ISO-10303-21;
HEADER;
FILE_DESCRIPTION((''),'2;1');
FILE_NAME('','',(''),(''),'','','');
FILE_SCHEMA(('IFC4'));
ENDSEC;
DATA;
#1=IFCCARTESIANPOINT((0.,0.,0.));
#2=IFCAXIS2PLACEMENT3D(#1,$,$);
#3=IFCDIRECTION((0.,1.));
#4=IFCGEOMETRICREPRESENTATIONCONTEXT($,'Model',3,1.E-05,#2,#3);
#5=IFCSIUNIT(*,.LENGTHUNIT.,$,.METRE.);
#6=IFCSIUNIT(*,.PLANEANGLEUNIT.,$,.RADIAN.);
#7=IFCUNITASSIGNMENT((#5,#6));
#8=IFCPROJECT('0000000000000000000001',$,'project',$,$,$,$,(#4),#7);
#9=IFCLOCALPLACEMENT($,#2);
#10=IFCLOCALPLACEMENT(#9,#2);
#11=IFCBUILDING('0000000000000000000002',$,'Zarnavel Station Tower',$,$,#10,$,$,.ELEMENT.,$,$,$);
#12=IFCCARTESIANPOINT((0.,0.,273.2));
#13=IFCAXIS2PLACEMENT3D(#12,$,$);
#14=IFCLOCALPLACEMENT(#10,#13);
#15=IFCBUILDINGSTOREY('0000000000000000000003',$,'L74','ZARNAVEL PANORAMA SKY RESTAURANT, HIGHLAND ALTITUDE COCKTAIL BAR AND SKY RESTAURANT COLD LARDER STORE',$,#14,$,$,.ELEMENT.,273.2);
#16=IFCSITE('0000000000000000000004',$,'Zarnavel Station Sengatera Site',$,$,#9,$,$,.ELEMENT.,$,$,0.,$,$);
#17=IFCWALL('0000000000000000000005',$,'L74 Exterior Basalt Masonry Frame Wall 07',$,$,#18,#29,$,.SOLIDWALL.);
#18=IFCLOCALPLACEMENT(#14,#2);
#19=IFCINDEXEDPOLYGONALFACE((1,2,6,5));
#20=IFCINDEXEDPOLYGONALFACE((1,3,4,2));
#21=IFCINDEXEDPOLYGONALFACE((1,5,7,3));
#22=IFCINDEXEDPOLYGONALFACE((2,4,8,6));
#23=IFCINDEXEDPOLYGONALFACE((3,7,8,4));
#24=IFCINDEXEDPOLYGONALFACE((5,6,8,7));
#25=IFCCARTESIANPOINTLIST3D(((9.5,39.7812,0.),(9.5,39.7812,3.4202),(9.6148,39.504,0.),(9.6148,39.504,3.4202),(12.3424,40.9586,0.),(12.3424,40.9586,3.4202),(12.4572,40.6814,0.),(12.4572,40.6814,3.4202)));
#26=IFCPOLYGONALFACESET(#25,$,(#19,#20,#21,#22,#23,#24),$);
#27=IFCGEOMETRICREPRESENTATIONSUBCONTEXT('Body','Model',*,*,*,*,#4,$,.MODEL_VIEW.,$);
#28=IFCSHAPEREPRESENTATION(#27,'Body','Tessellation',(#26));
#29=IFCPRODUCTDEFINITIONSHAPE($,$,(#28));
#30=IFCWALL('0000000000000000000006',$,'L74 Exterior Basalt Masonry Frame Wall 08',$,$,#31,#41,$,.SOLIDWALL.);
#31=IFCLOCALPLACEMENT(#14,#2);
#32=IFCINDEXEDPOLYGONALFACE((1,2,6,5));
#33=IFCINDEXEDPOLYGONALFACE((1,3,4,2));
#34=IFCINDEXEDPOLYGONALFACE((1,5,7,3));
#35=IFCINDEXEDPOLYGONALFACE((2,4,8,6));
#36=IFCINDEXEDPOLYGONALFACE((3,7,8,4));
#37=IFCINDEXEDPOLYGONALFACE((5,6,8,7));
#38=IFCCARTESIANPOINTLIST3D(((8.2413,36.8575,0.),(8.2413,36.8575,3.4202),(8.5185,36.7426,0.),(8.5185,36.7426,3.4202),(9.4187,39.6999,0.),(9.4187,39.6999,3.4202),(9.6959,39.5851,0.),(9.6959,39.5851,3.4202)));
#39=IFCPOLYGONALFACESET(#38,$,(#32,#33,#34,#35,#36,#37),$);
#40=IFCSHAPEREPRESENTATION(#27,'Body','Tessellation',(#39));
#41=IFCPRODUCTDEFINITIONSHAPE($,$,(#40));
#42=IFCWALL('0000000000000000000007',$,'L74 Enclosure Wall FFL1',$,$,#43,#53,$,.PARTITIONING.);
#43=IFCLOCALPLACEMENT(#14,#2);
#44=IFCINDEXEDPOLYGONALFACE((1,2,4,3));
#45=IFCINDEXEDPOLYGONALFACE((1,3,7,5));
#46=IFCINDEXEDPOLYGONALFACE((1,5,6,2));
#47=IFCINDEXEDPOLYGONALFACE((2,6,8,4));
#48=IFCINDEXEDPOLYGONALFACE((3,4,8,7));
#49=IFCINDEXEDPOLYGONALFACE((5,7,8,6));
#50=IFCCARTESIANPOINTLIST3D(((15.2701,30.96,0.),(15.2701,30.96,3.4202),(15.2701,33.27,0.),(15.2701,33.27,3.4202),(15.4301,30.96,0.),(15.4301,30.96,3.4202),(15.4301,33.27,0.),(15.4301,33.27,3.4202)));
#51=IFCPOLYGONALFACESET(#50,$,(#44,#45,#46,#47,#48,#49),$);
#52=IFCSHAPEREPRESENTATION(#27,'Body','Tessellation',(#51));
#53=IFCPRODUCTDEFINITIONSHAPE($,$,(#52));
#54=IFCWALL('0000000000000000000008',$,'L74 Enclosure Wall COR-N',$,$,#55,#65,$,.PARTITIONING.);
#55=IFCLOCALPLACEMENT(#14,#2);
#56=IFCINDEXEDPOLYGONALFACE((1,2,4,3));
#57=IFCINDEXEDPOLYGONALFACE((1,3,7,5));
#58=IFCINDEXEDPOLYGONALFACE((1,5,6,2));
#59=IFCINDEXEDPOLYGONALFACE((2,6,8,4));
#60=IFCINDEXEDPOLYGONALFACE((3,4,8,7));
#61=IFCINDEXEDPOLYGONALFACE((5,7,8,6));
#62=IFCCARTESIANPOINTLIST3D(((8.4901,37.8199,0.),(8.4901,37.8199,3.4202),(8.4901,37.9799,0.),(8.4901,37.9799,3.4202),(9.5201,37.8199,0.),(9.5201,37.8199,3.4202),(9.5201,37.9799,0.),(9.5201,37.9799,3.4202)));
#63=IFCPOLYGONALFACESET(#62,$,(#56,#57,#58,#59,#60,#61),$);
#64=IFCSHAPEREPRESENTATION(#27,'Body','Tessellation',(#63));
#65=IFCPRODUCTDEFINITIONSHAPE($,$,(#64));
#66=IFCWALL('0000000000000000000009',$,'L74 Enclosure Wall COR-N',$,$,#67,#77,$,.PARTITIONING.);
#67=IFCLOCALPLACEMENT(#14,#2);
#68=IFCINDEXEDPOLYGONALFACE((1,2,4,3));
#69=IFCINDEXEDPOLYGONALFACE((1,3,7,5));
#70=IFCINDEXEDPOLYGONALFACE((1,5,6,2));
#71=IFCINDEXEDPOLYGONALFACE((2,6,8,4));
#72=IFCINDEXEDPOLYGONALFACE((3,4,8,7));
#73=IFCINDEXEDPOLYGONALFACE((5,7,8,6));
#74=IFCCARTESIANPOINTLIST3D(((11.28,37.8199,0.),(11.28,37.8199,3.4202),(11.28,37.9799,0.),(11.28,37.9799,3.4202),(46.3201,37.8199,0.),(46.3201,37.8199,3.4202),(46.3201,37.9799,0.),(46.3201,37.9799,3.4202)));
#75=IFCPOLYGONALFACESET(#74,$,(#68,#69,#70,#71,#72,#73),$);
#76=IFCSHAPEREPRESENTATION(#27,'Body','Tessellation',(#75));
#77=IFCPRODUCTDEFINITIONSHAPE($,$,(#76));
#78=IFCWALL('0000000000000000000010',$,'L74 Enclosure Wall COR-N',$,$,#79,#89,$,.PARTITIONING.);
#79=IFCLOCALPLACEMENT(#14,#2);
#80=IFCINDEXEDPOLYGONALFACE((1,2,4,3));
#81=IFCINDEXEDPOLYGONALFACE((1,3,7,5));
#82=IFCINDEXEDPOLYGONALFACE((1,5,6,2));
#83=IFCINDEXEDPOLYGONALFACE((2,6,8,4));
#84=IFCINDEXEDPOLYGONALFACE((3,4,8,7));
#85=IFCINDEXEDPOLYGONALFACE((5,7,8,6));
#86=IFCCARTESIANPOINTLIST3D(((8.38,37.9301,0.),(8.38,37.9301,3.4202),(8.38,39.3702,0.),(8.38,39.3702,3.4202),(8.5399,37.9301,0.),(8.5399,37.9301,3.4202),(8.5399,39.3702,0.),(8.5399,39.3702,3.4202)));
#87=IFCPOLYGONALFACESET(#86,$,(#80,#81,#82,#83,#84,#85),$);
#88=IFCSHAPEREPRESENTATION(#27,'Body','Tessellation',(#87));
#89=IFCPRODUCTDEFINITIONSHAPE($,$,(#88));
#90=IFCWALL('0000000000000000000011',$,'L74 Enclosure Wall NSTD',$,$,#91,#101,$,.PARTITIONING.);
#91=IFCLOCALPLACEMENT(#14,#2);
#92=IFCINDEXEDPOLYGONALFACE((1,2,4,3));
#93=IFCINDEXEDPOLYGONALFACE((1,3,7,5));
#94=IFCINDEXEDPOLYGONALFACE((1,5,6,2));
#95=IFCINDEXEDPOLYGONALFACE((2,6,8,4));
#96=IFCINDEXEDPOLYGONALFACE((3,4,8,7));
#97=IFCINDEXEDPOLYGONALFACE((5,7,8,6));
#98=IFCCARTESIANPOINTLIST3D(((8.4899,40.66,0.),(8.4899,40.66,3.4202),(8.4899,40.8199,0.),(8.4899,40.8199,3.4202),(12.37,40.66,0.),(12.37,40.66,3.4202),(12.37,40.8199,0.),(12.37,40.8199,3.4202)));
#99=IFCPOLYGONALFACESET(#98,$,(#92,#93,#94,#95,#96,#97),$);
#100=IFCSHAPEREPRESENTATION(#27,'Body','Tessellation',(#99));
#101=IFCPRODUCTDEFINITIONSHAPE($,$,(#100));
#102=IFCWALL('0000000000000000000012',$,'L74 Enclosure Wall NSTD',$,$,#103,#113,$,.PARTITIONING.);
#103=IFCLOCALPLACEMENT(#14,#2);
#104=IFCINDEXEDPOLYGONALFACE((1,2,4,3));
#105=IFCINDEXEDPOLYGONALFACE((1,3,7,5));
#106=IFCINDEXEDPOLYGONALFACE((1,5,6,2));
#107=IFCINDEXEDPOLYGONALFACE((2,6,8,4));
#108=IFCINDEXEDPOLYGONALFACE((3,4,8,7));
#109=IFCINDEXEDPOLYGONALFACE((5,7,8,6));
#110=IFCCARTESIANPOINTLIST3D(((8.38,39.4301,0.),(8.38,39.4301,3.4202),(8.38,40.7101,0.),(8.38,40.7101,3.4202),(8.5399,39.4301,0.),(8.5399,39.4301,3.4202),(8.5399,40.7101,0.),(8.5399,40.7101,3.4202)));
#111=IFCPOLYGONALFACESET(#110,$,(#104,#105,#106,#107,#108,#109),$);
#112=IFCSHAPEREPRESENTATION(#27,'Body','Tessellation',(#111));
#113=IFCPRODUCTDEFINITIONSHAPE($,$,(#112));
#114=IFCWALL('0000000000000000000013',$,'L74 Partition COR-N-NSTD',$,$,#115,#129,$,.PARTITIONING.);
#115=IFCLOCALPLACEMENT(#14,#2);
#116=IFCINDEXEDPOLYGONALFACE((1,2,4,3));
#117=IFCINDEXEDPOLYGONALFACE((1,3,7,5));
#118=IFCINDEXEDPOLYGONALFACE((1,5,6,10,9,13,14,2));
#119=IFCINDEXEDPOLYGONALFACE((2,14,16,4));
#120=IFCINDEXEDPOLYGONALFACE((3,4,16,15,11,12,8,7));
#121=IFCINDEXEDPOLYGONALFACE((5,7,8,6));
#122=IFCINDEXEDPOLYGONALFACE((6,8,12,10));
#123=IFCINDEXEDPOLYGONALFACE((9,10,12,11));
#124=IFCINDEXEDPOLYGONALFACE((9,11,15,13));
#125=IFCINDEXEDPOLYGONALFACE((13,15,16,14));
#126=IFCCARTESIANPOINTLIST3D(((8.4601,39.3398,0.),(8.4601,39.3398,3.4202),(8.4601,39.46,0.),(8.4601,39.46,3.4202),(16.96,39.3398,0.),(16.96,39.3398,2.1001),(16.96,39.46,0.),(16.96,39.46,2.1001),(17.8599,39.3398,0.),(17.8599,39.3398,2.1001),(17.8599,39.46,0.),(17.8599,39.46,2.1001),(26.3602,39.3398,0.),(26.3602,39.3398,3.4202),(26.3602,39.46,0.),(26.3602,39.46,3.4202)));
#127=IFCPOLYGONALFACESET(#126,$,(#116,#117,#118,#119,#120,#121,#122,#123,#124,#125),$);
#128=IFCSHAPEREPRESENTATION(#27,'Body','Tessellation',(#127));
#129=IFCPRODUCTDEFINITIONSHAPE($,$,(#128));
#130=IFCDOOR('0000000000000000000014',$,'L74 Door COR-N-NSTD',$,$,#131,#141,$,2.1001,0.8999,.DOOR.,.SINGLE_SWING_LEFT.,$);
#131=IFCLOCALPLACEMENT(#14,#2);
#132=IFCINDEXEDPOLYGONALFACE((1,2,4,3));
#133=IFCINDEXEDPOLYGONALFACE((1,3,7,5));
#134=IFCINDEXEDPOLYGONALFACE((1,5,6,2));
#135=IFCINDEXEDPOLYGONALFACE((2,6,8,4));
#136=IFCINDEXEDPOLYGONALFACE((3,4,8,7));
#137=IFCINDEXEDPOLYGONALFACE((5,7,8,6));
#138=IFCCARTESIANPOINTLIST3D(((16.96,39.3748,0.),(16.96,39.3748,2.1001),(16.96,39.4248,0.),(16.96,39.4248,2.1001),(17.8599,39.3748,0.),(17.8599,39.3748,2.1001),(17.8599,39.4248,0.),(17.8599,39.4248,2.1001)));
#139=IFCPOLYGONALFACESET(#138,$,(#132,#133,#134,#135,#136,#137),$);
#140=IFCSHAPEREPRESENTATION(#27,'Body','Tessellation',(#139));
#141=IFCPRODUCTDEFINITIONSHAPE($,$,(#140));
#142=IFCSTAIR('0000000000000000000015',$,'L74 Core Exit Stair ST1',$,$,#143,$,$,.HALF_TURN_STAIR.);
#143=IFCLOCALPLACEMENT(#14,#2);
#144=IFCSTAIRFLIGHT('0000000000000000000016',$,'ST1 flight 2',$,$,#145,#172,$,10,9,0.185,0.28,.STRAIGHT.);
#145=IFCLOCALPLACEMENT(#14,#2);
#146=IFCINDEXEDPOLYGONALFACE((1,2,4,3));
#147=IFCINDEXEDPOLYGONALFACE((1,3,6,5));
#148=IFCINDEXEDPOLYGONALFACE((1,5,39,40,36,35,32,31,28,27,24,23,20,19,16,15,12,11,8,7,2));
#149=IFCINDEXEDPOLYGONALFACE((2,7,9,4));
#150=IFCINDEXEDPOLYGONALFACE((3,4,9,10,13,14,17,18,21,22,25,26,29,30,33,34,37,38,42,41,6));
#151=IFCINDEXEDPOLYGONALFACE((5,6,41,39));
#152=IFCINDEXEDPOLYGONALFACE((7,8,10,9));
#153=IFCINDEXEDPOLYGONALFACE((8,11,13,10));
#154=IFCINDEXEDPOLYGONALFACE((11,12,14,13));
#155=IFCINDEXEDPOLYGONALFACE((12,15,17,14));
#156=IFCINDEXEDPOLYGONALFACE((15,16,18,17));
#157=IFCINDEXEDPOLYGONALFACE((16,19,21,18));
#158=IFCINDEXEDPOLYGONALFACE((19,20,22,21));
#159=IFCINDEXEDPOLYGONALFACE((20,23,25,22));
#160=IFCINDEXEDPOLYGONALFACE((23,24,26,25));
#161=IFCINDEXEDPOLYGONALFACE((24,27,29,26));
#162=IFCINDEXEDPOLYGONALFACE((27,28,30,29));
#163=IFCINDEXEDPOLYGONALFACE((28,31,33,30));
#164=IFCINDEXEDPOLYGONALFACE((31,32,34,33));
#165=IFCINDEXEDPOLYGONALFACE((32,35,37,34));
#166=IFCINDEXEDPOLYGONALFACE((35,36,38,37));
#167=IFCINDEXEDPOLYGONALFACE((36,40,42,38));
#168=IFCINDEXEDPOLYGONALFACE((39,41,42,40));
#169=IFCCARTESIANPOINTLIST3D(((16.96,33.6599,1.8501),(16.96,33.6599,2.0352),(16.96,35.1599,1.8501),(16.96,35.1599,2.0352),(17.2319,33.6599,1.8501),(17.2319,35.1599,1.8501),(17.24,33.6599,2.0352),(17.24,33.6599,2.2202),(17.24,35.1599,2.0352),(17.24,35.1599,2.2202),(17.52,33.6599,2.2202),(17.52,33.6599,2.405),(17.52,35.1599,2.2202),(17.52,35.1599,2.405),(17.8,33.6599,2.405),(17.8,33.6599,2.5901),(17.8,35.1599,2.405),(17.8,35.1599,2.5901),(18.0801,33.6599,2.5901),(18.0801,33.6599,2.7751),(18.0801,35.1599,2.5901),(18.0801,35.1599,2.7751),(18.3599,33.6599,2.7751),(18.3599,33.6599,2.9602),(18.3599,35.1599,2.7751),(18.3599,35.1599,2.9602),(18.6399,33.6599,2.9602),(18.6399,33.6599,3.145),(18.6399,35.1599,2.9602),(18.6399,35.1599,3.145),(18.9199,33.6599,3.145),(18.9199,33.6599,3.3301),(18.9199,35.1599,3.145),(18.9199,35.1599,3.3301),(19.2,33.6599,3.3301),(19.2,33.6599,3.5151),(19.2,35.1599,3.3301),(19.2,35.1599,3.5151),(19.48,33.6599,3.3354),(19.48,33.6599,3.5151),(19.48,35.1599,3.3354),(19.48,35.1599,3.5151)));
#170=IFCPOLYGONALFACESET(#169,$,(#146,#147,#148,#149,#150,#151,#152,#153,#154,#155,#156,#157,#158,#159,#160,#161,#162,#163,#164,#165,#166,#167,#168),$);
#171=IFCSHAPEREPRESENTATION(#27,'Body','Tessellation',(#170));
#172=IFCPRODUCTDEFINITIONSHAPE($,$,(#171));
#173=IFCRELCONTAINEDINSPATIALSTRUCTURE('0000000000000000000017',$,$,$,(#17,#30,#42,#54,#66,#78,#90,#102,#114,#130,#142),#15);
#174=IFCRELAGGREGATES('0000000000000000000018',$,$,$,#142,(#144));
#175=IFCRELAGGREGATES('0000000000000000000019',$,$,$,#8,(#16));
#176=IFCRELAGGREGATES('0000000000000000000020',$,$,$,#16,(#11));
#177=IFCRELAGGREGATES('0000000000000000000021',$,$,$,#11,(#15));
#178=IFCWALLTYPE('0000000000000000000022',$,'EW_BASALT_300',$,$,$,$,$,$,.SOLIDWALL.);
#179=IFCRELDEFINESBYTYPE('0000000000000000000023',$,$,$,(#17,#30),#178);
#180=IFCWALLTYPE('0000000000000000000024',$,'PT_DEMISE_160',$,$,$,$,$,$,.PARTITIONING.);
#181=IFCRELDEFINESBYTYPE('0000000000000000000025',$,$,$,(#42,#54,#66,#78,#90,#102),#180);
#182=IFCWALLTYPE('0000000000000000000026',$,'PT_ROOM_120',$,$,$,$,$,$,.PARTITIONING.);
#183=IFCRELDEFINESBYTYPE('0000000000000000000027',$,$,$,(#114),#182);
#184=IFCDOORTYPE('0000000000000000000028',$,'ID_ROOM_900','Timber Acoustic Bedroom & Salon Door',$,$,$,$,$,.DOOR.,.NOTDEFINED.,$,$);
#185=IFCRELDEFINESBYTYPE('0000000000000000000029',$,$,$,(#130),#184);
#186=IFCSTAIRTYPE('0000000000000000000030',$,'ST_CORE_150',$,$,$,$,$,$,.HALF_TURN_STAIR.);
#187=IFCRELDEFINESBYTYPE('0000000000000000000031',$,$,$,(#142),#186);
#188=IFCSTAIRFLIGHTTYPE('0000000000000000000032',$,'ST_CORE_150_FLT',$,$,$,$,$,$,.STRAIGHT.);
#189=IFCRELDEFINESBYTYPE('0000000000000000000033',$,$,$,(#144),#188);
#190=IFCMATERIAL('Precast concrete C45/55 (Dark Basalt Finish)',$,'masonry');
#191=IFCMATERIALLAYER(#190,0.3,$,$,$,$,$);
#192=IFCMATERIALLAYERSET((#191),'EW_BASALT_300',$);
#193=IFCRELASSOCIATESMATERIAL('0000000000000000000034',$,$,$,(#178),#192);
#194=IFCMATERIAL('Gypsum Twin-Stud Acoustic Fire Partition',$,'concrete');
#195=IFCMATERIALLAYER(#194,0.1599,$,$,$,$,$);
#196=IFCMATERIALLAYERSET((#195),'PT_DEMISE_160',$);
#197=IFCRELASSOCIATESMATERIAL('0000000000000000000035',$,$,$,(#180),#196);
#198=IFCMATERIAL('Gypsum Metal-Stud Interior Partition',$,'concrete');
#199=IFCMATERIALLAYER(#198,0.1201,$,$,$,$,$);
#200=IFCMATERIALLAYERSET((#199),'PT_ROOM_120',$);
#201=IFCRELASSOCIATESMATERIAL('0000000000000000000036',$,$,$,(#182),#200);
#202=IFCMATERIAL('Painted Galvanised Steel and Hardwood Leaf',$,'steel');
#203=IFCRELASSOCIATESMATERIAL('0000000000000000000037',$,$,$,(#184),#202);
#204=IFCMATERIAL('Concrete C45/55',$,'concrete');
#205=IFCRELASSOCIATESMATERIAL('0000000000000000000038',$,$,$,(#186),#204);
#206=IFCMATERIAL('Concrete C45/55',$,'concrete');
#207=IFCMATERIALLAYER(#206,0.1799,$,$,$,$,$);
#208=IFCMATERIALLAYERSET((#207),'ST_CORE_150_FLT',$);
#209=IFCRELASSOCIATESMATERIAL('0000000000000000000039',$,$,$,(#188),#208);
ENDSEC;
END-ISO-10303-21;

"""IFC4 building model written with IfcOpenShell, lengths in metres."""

from ifc_helpers import new_model, si_unit, direction, frame, frame_2d, origin, place, context, subcontext, project, spatial, polyline, rectangle, outline, extrude, material, layer, layer_set, type_object, element, fill, aggregate, save


model = new_model("IFC4")

# Units and contexts
model_context = context("Model", 3, precision=1e-05, world=origin(), true_north=direction((0.0, 1.0)))
body_context = subcontext(model_context, "Body", "Model", "MODEL_VIEW")
ifc_project = project(units=[si_unit("LENGTHUNIT", "METRE"), si_unit("PLANEANGLEUNIT", "RADIAN")], contexts=[model_context])

# Site, building, storey
site_placement = place(None, origin())
site = spatial("IfcSite", under=ifc_project, at=site_placement, Name="Zarnavel Station Sengatera Site", CompositionType="ELEMENT", RefElevation=0.0)
building_placement = place(site_placement, origin())
building = spatial("IfcBuilding", under=site, at=building_placement, Name="Zarnavel Station Tower", CompositionType="ELEMENT")
storey_placement = place(building_placement, frame((0.0, 0.0, 273.2)))
storey = spatial("IfcBuildingStorey", under=building, at=storey_placement, Name="L74", Description="ZARNAVEL PANORAMA SKY RESTAURANT, HIGHLAND ALTITUDE COCKTAIL BAR AND SKY RESTAURANT COLD LARDER STORE", CompositionType="ELEMENT", Elevation=273.2)

# Shared definitions
ifc_material_1 = material(Name="Precast concrete C45/55 (Dark Basalt Finish)", Category="masonry")
ifc_layer_1 = layer(ifc_material_1, 0.3)
ifc_layer_set_1 = layer_set([ifc_layer_1], Name="EW_BASALT_300")
wall_type_1 = type_object("IfcWallType", Name="EW_BASALT_300", PredefinedType="SOLIDWALL", material=ifc_layer_set_1)

# Walls
for number, where, z_axis, x_axis, name in (
    (1, (9.5574, 39.6426, 0.0), (0.0, 0.0, 1.0), (0.923871, 0.382705, 0.0), "L74 Exterior Basalt Masonry Frame Wall 07"),
    (2, (8.3799, 36.8, 0.0), (0.0, 0.0, 1.0), (0.382705, 0.923871, 0.0), "L74 Exterior Basalt Masonry Frame Wall 08"),
):
    element("IfcWall", number, at=place(storey_placement, frame(where, z_axis=z_axis, x_axis=x_axis)), inside=storey, type_object=wall_type_1, Name=name, PredefinedType="SOLIDWALL", context=body_context, shape_type="SweptSolid", body=[
        extrude(rectangle(XDim=3.0767, YDim=0.3, at=frame_2d((1.5383, 0.0))), origin(), (0.0, 0.0, 1.0), 3.4202),
    ])
ifc_material_2 = material(Name="Gypsum Twin-Stud Acoustic Fire Partition", Category="concrete")
ifc_layer_2 = layer(ifc_material_2, 0.1599)
ifc_layer_set_2 = layer_set([ifc_layer_2], Name="PT_DEMISE_160")
wall_type_2 = type_object("IfcWallType", Name="PT_DEMISE_160", PredefinedType="PARTITIONING", material=ifc_layer_set_2)
wall_1_placement = place(storey_placement, frame((15.3501, 30.96, 0.0), z_axis=(0.0, 0.0, 1.0), x_axis=(0.0, 1.0, 0.0)))
element("IfcWall", 3, at=wall_1_placement, inside=storey, type_object=wall_type_2, Name="L74 Enclosure Wall FFL1", PredefinedType="PARTITIONING", context=body_context, shape_type="SweptSolid", body=[
    extrude(rectangle(XDim=2.3101, YDim=0.1599, at=frame_2d((1.155, 0.0))), origin(), (0.0, 0.0, 1.0), 3.4202),
])
wall_2_placement = place(storey_placement, frame((8.49, 37.8999, 0.0), z_axis=(0.0, 0.0, 1.0), x_axis=(1.0, 0.0, 0.0)))
element("IfcWall", 4, at=wall_2_placement, inside=storey, type_object=wall_type_2, Name="L74 Enclosure Wall COR-N", PredefinedType="PARTITIONING", context=body_context, shape_type="SweptSolid", body=[
    extrude(rectangle(XDim=1.03, YDim=0.1599, at=frame_2d((0.5151, 0.0))), origin(), (0.0, 0.0, 1.0), 3.4202),
])
wall_3_placement = place(storey_placement, frame((11.28, 37.8999, 0.0), z_axis=(0.0, 0.0, 1.0), x_axis=(1.0, 0.0, 0.0)))
element("IfcWall", 5, at=wall_3_placement, inside=storey, type_object=wall_type_2, Name="L74 Enclosure Wall COR-N", PredefinedType="PARTITIONING", context=body_context, shape_type="SweptSolid", body=[
    extrude(rectangle(XDim=35.04, YDim=0.1599, at=frame_2d((17.52, 0.0))), origin(), (0.0, 0.0, 1.0), 3.4202),
])
wall_4_placement = place(storey_placement, frame((8.46, 37.9299, 0.0), z_axis=(0.0, 0.0, 1.0), x_axis=(0.0, 1.0, 0.0)))
element("IfcWall", 6, at=wall_4_placement, inside=storey, type_object=wall_type_2, Name="L74 Enclosure Wall COR-N", PredefinedType="PARTITIONING", context=body_context, shape_type="SweptSolid", body=[
    extrude(rectangle(XDim=1.4402, YDim=0.1599, at=frame_2d((0.7202, 0.0))), origin(), (0.0, 0.0, 1.0), 3.4202),
])
wall_5_placement = place(storey_placement, frame((8.49, 40.74, 0.0), z_axis=(0.0, 0.0, 1.0), x_axis=(1.0, 0.0, 0.0)))
element("IfcWall", 7, at=wall_5_placement, inside=storey, type_object=wall_type_2, Name="L74 Enclosure Wall NSTD", PredefinedType="PARTITIONING", context=body_context, shape_type="SweptSolid", body=[
    extrude(rectangle(XDim=3.8801, YDim=0.1599, at=frame_2d((1.9399, 0.0))), origin(), (0.0, 0.0, 1.0), 3.4202),
])
wall_6_placement = place(storey_placement, frame((8.46, 39.4299, 0.0), z_axis=(0.0, 0.0, 1.0), x_axis=(0.0, 1.0, 0.0)))
element("IfcWall", 8, at=wall_6_placement, inside=storey, type_object=wall_type_2, Name="L74 Enclosure Wall NSTD", PredefinedType="PARTITIONING", context=body_context, shape_type="SweptSolid", body=[
    extrude(rectangle(XDim=1.28, YDim=0.1599, at=frame_2d((0.6401, 0.0))), origin(), (0.0, 0.0, 1.0), 3.4202),
])

# Wall, opening, door
ifc_material_3 = material(Name="Gypsum Metal-Stud Interior Partition", Category="concrete")
ifc_layer_3 = layer(ifc_material_3, 0.1201)
ifc_layer_set_3 = layer_set([ifc_layer_3], Name="PT_ROOM_120")
wall_type_3 = type_object("IfcWallType", Name="PT_ROOM_120", PredefinedType="PARTITIONING", material=ifc_layer_set_3)
wall_7_placement = place(storey_placement, frame((8.46, 39.3999, 0.0), z_axis=(0.0, 0.0, 1.0), x_axis=(1.0, 0.0, 0.0)))
wall_7 = element("IfcWall", 9, at=wall_7_placement, inside=storey, type_object=wall_type_3, Name="L74 Partition COR-N-NSTD", PredefinedType="PARTITIONING", context=body_context, shape_type="SweptSolid", body=[
    extrude(rectangle(XDim=17.9001, YDim=0.1201, at=frame_2d((8.9502, 0.0))), origin(), (0.0, 0.0, 1.0), 3.4202),
])
opening_1_placement = place(wall_7_placement, frame((8.5, 0.0, 0.0)))
opening_1 = element("IfcOpeningElement", 10, at=opening_1_placement, cuts=wall_7, PredefinedType="OPENING", context=body_context, shape_type="SweptSolid", body=[
    extrude(rectangle(XDim=0.8999, YDim=2.1001, at=frame_2d((0.45, 1.05))), frame((0.0, 0.0701, 0.0), z_axis=(0.0, -1.0, 0.0), x_axis=(1.0, 0.0, 0.0)), (0.0, 0.0, 1.0), 0.1401),
])
ifc_material_4 = material(Name="Painted Galvanised Steel and Hardwood Leaf", Category="steel")
door_type = type_object("IfcDoorType", Name="ID_ROOM_900", Description="Timber Acoustic Bedroom & Salon Door", OperationType="NOTDEFINED", PredefinedType="DOOR", material=ifc_material_4)
door_placement = place(opening_1_placement, origin())
door = element("IfcDoor", 11, at=door_placement, inside=storey, type_object=door_type, Name="L74 Door COR-N-NSTD", OperationType="SINGLE_SWING_LEFT", OverallHeight=2.1001, OverallWidth=0.8999, PredefinedType="DOOR", context=body_context, shape_type="SweptSolid", body=[
    extrude(rectangle(XDim=0.8999, YDim=2.1001, at=frame_2d((0.45, 1.05))), frame((0.0, 0.0249, 0.0), z_axis=(0.0, -1.0, 0.0), x_axis=(1.0, 0.0, 0.0)), (0.0, 0.0, 1.0), 0.05),
])
fill(opening_1, door)

# Stair, stair flight
ifc_material_5 = material(Name="Concrete C45/55", Category="concrete")
stair_type = type_object("IfcStairType", Name="ST_CORE_150", PredefinedType="HALF_TURN_STAIR", material=ifc_material_5)
stair_placement = place(storey_placement, origin())
stair = element("IfcStair", 12, at=stair_placement, inside=storey, type_object=stair_type, Name="L74 Core Exit Stair ST1", PredefinedType="HALF_TURN_STAIR")
ifc_material_6 = material(Name="Concrete C45/55", Category="concrete")
ifc_layer_4 = layer(ifc_material_6, 0.1799)
ifc_layer_set_4 = layer_set([ifc_layer_4], Name="ST_CORE_150_FLT")
stair_flight_type = type_object("IfcStairFlightType", Name="ST_CORE_150_FLT", PredefinedType="STRAIGHT", material=ifc_layer_set_4)
stair_flight_placement = place(storey_placement, frame((16.96, 34.4099, 1.8501), z_axis=(0.0, 0.0, 1.0), x_axis=(1.0, 0.0, 0.0)))
stair_flight = element("IfcStairFlight", 13, at=stair_flight_placement, type_object=stair_flight_type, Name="ST1 flight 2", NumberOfRisers=10, NumberOfTreads=9, PredefinedType="STRAIGHT", RiserHeight=0.185, TreadLength=0.28, context=body_context, shape_type="SweptSolid", body=[
    extrude(outline(polyline([(0.0, 0.0), (0.0, 0.1851), (0.28, 0.1851), (0.28, 0.3701), (0.5601, 0.3701), (0.5601, 0.5549), (0.8401, 0.5549), (0.8401, 0.74), (1.1201, 0.74), (1.1201, 0.925), (1.3999, 0.925), (1.3999, 1.1101), (1.6799, 1.1101), (1.6799, 1.2949), (1.96, 1.2949), (1.96, 1.48), (2.24, 1.48), (2.24, 1.665), (2.52, 1.665), (2.52, 1.8501), (2.52, 1.4854), (0.272, 0.0), (0.0, 0.0)])), frame((0.0, 0.75, 0.0), z_axis=(0.0, -1.0, 0.0), x_axis=(1.0, 0.0, 0.0)), (0.0, 0.0, 1.0), 1.5),
])
aggregate(stair, [stair_flight])

save(model, "model.ifc")
